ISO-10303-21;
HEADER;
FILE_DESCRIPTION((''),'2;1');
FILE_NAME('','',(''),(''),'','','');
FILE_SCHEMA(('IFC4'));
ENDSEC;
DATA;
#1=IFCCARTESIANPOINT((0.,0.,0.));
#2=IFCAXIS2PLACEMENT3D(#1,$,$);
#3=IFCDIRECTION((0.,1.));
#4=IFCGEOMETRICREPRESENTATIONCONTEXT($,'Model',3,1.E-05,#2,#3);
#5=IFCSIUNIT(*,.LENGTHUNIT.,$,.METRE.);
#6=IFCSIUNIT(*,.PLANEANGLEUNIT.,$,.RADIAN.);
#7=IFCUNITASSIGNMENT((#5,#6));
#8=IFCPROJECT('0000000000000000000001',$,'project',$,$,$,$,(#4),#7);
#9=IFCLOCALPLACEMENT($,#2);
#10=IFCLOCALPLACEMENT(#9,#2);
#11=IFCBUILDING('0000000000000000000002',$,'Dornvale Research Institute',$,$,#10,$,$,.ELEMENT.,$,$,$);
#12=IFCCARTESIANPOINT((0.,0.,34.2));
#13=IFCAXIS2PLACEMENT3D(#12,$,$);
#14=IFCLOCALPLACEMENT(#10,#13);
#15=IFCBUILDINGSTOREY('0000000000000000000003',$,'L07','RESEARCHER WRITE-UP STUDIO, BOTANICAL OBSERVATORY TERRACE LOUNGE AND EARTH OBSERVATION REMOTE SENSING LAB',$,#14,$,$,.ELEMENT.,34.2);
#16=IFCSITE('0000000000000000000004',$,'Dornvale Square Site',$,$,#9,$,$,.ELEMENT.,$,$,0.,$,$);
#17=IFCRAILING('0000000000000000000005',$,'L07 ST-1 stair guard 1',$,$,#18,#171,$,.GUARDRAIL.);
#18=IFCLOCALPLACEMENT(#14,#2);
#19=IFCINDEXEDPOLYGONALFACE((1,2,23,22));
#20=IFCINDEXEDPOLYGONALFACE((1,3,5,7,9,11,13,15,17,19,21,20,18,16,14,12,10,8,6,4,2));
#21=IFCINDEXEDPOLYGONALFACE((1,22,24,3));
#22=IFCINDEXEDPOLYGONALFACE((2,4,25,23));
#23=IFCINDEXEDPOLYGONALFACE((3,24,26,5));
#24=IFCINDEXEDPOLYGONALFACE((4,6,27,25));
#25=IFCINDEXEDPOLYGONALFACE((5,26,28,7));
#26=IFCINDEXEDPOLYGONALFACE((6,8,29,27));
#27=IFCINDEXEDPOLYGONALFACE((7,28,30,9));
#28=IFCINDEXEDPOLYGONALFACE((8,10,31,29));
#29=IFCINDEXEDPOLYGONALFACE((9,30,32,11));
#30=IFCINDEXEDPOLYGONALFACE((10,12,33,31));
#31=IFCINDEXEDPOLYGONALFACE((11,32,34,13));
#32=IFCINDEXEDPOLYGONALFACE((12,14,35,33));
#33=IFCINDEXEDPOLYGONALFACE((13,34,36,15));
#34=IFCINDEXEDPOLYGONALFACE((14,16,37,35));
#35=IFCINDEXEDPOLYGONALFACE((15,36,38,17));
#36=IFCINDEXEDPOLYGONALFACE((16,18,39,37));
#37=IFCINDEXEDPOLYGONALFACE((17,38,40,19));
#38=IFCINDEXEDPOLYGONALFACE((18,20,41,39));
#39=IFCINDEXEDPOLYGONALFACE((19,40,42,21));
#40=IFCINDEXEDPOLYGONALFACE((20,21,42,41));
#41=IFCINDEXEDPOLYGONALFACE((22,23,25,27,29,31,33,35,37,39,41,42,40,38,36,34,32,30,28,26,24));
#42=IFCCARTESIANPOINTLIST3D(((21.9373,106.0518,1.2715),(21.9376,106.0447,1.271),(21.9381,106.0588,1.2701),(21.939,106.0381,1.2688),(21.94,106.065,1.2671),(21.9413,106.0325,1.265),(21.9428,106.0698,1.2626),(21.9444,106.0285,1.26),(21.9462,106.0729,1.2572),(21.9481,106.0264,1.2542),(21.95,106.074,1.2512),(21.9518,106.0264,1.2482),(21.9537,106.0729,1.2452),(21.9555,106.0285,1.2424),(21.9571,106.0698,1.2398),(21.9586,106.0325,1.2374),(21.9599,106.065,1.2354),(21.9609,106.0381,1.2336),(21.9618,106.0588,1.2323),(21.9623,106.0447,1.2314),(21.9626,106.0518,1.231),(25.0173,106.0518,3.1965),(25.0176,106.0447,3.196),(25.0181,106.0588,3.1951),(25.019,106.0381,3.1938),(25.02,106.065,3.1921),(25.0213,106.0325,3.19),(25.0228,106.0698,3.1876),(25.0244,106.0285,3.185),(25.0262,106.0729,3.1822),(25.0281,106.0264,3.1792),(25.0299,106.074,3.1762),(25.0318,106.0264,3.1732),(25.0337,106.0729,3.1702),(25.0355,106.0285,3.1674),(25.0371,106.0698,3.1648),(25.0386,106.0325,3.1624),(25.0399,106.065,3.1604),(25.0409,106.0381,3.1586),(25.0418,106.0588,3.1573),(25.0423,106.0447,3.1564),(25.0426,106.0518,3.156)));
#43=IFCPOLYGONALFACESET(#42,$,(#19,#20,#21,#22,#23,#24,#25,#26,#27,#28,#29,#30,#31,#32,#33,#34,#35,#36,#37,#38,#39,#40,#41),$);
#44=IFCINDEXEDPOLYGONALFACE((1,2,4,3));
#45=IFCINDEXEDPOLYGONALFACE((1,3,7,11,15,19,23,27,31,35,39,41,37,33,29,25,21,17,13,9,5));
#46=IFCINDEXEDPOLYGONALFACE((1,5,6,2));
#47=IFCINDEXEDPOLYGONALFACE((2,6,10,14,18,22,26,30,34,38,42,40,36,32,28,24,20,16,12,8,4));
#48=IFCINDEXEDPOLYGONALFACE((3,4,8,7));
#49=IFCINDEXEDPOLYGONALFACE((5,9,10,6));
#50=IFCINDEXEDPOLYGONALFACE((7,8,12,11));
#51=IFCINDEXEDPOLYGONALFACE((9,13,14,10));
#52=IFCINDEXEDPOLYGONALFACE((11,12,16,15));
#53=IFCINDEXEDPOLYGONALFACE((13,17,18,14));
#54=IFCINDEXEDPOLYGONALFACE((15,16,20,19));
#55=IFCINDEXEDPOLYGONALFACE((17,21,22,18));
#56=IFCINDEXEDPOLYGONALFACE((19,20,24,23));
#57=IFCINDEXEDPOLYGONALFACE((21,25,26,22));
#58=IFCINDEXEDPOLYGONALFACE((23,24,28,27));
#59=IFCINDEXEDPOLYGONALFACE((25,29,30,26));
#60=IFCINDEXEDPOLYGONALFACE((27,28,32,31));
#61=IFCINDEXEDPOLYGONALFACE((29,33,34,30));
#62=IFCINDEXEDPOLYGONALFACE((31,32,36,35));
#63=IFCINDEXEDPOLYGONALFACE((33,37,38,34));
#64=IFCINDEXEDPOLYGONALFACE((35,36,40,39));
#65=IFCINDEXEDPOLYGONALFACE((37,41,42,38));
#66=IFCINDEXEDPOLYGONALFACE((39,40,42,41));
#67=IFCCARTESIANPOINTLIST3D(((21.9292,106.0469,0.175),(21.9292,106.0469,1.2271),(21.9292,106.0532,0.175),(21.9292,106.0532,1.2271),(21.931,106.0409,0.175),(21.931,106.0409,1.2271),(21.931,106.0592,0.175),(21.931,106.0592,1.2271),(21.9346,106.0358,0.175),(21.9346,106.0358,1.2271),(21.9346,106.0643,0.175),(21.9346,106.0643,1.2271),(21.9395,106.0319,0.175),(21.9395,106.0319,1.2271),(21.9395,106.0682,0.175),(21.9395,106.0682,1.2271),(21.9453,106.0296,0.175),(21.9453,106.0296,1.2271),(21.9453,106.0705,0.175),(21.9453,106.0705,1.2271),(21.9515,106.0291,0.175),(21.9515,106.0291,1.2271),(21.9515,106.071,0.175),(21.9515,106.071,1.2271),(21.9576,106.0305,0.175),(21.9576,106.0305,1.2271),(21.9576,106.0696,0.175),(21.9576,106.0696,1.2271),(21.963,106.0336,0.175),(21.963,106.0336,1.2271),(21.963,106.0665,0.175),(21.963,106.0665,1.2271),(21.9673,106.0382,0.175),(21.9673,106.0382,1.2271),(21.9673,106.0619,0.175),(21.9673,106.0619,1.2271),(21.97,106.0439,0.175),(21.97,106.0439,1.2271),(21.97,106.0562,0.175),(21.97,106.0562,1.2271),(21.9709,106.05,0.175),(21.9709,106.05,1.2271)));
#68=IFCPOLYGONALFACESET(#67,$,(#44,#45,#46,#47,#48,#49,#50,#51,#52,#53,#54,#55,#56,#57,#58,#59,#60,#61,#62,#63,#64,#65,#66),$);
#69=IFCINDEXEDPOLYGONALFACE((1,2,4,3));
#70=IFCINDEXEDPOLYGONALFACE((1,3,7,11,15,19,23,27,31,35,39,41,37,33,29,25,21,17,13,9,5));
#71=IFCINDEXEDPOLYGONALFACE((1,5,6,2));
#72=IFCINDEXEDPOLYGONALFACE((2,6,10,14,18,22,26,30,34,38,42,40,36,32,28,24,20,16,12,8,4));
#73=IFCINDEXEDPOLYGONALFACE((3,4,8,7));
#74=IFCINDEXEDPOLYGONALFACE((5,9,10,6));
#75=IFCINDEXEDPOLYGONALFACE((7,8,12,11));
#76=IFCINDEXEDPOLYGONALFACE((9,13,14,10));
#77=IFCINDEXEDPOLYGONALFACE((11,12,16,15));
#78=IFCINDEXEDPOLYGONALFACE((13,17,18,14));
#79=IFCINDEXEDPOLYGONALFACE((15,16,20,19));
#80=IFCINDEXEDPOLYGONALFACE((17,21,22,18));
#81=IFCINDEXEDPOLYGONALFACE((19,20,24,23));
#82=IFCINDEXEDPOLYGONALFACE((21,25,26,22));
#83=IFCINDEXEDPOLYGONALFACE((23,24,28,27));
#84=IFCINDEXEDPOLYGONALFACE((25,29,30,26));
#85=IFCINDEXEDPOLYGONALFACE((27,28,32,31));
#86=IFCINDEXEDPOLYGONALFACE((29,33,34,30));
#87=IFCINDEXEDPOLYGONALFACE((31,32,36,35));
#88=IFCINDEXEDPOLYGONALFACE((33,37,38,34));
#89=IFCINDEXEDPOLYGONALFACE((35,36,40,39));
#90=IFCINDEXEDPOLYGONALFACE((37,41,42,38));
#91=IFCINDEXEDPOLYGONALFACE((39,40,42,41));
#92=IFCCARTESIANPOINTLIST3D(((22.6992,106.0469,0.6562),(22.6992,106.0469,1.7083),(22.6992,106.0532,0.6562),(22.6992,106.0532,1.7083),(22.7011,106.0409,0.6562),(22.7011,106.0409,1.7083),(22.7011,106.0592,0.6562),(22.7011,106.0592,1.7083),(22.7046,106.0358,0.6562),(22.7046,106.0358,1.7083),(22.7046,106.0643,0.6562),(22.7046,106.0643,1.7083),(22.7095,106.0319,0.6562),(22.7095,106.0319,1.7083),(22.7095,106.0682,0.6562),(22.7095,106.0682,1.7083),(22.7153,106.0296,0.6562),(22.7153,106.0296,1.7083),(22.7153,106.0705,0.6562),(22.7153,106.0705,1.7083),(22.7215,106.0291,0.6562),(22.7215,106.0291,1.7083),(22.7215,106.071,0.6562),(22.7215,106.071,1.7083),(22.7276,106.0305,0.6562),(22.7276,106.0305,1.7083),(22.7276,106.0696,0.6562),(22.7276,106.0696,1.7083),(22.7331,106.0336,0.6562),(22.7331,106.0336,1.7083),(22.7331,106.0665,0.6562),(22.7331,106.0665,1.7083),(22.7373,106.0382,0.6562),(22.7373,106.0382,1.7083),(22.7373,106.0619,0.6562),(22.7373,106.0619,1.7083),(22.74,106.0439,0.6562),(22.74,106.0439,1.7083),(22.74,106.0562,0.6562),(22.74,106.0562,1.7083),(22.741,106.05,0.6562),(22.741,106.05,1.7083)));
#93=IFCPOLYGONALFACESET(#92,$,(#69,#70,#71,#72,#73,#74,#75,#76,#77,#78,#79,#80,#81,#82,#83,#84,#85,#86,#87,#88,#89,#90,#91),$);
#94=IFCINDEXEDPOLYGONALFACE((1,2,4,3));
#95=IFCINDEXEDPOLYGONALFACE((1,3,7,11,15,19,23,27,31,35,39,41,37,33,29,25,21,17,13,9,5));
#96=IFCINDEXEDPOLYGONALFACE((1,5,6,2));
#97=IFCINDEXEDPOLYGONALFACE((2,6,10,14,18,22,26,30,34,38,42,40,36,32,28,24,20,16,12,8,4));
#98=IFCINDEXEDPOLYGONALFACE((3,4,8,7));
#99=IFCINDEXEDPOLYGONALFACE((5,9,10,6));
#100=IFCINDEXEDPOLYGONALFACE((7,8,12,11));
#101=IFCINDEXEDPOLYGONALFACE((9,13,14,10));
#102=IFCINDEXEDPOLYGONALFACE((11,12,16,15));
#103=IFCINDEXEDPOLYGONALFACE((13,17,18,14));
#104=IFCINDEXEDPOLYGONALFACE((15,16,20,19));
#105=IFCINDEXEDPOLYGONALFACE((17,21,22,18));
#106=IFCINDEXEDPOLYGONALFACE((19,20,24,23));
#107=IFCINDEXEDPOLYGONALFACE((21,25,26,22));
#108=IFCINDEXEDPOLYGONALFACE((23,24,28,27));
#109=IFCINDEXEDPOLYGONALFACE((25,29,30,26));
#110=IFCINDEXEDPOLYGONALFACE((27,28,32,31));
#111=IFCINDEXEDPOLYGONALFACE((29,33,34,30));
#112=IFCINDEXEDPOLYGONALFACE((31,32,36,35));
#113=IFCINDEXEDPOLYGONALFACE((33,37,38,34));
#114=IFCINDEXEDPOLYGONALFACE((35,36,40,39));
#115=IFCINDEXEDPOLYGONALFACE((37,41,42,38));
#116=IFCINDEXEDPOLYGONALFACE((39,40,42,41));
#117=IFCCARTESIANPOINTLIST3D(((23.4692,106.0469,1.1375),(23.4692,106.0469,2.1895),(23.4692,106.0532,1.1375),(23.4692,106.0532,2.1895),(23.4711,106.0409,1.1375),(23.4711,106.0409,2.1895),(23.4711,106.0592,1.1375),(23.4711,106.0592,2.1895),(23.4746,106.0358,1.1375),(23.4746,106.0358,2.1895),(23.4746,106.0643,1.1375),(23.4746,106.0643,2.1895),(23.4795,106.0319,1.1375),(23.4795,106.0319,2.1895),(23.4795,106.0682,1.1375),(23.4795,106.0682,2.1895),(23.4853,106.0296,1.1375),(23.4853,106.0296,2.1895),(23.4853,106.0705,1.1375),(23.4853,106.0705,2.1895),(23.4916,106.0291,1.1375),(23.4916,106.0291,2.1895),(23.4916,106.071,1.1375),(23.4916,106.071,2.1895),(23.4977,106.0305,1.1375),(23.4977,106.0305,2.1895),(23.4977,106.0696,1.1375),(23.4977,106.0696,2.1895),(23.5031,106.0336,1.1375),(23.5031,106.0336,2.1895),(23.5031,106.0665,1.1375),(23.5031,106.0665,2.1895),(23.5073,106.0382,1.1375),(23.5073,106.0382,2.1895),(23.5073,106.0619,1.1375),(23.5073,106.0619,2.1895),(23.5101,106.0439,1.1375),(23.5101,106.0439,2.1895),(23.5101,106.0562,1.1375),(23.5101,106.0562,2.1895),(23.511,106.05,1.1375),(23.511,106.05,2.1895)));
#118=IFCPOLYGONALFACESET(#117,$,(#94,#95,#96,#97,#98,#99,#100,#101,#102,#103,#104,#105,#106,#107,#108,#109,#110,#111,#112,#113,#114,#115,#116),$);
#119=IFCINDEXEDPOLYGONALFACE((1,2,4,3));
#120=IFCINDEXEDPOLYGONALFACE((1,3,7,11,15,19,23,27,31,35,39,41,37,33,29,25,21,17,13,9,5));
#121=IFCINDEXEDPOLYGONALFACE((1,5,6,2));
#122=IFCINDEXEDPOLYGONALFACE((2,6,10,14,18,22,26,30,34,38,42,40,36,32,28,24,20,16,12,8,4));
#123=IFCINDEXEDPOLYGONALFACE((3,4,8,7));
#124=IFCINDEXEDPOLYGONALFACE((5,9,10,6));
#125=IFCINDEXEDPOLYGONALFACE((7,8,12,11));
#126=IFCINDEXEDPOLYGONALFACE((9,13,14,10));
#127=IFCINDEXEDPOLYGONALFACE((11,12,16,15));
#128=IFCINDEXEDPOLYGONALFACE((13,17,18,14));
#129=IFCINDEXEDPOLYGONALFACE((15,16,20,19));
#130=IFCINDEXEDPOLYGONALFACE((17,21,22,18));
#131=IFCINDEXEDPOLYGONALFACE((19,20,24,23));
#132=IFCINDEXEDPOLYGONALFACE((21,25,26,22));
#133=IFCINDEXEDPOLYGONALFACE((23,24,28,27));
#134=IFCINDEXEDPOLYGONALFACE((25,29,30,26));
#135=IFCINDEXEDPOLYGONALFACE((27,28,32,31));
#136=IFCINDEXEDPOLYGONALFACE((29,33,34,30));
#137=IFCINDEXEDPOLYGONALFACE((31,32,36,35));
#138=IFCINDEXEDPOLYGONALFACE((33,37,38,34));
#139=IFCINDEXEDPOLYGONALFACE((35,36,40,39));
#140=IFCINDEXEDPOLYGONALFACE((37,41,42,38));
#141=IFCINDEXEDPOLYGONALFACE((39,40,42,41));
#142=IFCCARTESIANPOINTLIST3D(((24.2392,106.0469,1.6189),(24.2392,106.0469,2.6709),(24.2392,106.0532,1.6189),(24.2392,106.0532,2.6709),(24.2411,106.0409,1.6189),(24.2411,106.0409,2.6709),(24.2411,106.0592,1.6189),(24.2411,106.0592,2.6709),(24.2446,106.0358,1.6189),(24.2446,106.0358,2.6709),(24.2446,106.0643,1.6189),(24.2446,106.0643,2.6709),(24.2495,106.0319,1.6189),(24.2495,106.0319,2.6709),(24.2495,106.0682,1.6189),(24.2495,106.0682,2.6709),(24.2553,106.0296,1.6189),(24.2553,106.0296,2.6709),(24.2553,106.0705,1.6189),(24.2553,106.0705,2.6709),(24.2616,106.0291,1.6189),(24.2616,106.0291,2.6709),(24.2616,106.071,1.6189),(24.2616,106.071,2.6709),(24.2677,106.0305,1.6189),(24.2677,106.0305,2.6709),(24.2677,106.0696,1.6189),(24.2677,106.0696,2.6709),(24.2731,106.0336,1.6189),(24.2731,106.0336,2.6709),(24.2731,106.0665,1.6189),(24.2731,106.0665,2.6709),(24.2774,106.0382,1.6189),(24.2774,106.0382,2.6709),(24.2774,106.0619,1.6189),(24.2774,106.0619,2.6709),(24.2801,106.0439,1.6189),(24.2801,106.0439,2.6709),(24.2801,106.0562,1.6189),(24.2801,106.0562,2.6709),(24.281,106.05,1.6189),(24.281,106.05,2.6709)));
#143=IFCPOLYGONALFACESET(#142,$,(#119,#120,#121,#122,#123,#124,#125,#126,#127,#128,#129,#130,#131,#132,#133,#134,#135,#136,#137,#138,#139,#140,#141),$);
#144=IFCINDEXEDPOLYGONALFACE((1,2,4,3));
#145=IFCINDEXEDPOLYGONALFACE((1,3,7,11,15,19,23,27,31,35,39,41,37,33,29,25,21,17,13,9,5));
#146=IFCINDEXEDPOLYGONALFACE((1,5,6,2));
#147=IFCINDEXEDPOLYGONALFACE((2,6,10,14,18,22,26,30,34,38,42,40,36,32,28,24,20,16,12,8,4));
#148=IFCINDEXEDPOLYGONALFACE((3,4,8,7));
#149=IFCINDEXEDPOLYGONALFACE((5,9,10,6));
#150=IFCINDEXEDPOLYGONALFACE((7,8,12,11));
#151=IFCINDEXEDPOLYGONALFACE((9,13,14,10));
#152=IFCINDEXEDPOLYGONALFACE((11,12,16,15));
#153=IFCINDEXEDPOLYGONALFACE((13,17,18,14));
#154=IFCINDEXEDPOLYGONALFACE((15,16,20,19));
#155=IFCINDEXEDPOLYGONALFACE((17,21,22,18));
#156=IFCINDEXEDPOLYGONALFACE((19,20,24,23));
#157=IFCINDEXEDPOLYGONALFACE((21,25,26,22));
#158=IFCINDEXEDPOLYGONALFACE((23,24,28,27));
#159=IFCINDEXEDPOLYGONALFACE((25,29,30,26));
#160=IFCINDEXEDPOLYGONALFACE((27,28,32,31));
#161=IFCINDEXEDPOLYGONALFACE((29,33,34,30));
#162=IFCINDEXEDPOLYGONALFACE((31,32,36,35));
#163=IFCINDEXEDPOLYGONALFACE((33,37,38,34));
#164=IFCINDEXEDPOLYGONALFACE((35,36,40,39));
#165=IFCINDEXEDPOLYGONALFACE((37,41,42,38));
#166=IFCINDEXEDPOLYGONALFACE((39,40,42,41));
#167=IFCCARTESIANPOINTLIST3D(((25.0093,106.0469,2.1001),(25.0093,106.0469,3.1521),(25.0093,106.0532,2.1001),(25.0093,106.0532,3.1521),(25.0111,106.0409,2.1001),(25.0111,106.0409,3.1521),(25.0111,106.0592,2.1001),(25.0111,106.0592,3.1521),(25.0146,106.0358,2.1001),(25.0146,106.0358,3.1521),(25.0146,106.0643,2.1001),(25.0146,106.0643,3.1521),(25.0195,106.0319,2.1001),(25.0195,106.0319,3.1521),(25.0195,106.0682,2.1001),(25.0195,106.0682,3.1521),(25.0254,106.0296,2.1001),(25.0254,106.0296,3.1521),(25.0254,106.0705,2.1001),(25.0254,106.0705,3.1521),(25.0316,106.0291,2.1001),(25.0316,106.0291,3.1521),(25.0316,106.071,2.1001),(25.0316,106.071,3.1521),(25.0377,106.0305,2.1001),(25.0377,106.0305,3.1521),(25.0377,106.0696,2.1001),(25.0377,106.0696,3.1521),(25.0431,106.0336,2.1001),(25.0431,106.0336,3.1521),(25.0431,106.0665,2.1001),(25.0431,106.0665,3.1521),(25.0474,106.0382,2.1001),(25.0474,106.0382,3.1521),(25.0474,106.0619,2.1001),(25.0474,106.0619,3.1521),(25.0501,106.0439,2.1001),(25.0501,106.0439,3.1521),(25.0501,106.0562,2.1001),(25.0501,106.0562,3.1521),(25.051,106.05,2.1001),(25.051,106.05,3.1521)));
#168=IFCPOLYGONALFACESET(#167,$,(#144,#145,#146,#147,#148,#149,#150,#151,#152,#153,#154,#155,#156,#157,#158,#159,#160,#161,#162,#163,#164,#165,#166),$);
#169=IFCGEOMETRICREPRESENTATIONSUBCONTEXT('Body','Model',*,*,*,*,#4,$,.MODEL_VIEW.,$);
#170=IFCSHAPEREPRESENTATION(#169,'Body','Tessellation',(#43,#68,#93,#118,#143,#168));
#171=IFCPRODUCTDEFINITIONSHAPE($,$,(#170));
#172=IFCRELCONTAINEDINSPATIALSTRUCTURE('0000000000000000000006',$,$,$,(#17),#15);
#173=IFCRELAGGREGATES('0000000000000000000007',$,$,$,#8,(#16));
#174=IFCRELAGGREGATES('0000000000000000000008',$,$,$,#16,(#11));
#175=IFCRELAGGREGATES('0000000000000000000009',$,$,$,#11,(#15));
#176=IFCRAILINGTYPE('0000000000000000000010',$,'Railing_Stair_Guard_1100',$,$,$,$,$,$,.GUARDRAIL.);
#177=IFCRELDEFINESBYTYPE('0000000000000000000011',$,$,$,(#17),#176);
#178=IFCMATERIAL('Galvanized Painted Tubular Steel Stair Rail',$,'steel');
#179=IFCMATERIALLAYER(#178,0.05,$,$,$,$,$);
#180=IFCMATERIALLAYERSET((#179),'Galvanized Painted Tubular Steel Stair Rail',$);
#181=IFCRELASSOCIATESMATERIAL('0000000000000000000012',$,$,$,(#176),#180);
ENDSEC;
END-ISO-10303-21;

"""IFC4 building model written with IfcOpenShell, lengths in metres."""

from ifc_helpers import new_model, si_unit, direction, frame, origin, origin_2d, place, context, subcontext, project, spatial, circle, extrude, material, layer, layer_set, type_object, element, save


model = new_model("IFC4")

# Units and contexts
model_context = context("Model", 3, precision=1e-05, world=origin(), true_north=direction((0.0, 1.0)))
body_context = subcontext(model_context, "Body", "Model", "MODEL_VIEW")
ifc_project = project(units=[si_unit("LENGTHUNIT", "METRE"), si_unit("PLANEANGLEUNIT", "RADIAN")], contexts=[model_context])

# Site, building, storey
site_placement = place(None, origin())
site = spatial("IfcSite", under=ifc_project, at=site_placement, Name="Dornvale Square Site", CompositionType="ELEMENT", RefElevation=0.0)
building_placement = place(site_placement, origin())
building = spatial("IfcBuilding", under=site, at=building_placement, Name="Dornvale Research Institute", CompositionType="ELEMENT")
storey_placement = place(building_placement, frame((0.0, 0.0, 34.2)))
storey = spatial("IfcBuildingStorey", under=building, at=storey_placement, Name="L07", Description="RESEARCHER WRITE-UP STUDIO, BOTANICAL OBSERVATORY TERRACE LOUNGE AND EARTH OBSERVATION REMOTE SENSING LAB", CompositionType="ELEMENT", Elevation=34.2)

# Railing
ifc_material_1 = material(Name="Galvanized Painted Tubular Steel Stair Rail", Category="steel")
ifc_layer_1 = layer(ifc_material_1, 0.05)
ifc_layer_set_1 = layer_set([ifc_layer_1], Name="Galvanized Painted Tubular Steel Stair Rail")
railing_type_1 = type_object("IfcRailingType", Name="Railing_Stair_Guard_1100", PredefinedType="GUARDRAIL", material=ifc_layer_set_1)
railing_1_placement = place(storey_placement, frame((21.95, 106.05, 0.175)))
element("IfcRailing", 1, at=railing_1_placement, inside=storey, type_object=railing_type_1, Name="L07 ST-1 stair guard 1", PredefinedType="GUARDRAIL", context=body_context, shape_type="SweptSolid", body=[
    extrude(circle(Radius=0.0239, at=origin_2d()), frame((0.0, 0.0, 1.0762), z_axis=(0.847998, 0.0, 0.529999), x_axis=(0.0, 1.0, 0.0)), (0.0, 0.0, 1.0), 3.6321),
    extrude(circle(Radius=0.021, at=origin_2d()), origin(), (0.0, 0.0, 1.0), 1.052),
    extrude(circle(Radius=0.021, at=origin_2d()), frame((0.77, 0.0, 0.4812)), (0.0, 0.0, 1.0), 1.052),
    extrude(circle(Radius=0.021, at=origin_2d()), frame((1.54, 0.0, 0.9624)), (0.0, 0.0, 1.0), 1.052),
    extrude(circle(Radius=0.021, at=origin_2d()), frame((2.3101, 0.0, 1.4438)), (0.0, 0.0, 1.0), 1.052),
    extrude(circle(Radius=0.021, at=origin_2d()), frame((3.0801, 0.0, 1.925)), (0.0, 0.0, 1.0), 1.052),
])

save(model, "model.ifc")
